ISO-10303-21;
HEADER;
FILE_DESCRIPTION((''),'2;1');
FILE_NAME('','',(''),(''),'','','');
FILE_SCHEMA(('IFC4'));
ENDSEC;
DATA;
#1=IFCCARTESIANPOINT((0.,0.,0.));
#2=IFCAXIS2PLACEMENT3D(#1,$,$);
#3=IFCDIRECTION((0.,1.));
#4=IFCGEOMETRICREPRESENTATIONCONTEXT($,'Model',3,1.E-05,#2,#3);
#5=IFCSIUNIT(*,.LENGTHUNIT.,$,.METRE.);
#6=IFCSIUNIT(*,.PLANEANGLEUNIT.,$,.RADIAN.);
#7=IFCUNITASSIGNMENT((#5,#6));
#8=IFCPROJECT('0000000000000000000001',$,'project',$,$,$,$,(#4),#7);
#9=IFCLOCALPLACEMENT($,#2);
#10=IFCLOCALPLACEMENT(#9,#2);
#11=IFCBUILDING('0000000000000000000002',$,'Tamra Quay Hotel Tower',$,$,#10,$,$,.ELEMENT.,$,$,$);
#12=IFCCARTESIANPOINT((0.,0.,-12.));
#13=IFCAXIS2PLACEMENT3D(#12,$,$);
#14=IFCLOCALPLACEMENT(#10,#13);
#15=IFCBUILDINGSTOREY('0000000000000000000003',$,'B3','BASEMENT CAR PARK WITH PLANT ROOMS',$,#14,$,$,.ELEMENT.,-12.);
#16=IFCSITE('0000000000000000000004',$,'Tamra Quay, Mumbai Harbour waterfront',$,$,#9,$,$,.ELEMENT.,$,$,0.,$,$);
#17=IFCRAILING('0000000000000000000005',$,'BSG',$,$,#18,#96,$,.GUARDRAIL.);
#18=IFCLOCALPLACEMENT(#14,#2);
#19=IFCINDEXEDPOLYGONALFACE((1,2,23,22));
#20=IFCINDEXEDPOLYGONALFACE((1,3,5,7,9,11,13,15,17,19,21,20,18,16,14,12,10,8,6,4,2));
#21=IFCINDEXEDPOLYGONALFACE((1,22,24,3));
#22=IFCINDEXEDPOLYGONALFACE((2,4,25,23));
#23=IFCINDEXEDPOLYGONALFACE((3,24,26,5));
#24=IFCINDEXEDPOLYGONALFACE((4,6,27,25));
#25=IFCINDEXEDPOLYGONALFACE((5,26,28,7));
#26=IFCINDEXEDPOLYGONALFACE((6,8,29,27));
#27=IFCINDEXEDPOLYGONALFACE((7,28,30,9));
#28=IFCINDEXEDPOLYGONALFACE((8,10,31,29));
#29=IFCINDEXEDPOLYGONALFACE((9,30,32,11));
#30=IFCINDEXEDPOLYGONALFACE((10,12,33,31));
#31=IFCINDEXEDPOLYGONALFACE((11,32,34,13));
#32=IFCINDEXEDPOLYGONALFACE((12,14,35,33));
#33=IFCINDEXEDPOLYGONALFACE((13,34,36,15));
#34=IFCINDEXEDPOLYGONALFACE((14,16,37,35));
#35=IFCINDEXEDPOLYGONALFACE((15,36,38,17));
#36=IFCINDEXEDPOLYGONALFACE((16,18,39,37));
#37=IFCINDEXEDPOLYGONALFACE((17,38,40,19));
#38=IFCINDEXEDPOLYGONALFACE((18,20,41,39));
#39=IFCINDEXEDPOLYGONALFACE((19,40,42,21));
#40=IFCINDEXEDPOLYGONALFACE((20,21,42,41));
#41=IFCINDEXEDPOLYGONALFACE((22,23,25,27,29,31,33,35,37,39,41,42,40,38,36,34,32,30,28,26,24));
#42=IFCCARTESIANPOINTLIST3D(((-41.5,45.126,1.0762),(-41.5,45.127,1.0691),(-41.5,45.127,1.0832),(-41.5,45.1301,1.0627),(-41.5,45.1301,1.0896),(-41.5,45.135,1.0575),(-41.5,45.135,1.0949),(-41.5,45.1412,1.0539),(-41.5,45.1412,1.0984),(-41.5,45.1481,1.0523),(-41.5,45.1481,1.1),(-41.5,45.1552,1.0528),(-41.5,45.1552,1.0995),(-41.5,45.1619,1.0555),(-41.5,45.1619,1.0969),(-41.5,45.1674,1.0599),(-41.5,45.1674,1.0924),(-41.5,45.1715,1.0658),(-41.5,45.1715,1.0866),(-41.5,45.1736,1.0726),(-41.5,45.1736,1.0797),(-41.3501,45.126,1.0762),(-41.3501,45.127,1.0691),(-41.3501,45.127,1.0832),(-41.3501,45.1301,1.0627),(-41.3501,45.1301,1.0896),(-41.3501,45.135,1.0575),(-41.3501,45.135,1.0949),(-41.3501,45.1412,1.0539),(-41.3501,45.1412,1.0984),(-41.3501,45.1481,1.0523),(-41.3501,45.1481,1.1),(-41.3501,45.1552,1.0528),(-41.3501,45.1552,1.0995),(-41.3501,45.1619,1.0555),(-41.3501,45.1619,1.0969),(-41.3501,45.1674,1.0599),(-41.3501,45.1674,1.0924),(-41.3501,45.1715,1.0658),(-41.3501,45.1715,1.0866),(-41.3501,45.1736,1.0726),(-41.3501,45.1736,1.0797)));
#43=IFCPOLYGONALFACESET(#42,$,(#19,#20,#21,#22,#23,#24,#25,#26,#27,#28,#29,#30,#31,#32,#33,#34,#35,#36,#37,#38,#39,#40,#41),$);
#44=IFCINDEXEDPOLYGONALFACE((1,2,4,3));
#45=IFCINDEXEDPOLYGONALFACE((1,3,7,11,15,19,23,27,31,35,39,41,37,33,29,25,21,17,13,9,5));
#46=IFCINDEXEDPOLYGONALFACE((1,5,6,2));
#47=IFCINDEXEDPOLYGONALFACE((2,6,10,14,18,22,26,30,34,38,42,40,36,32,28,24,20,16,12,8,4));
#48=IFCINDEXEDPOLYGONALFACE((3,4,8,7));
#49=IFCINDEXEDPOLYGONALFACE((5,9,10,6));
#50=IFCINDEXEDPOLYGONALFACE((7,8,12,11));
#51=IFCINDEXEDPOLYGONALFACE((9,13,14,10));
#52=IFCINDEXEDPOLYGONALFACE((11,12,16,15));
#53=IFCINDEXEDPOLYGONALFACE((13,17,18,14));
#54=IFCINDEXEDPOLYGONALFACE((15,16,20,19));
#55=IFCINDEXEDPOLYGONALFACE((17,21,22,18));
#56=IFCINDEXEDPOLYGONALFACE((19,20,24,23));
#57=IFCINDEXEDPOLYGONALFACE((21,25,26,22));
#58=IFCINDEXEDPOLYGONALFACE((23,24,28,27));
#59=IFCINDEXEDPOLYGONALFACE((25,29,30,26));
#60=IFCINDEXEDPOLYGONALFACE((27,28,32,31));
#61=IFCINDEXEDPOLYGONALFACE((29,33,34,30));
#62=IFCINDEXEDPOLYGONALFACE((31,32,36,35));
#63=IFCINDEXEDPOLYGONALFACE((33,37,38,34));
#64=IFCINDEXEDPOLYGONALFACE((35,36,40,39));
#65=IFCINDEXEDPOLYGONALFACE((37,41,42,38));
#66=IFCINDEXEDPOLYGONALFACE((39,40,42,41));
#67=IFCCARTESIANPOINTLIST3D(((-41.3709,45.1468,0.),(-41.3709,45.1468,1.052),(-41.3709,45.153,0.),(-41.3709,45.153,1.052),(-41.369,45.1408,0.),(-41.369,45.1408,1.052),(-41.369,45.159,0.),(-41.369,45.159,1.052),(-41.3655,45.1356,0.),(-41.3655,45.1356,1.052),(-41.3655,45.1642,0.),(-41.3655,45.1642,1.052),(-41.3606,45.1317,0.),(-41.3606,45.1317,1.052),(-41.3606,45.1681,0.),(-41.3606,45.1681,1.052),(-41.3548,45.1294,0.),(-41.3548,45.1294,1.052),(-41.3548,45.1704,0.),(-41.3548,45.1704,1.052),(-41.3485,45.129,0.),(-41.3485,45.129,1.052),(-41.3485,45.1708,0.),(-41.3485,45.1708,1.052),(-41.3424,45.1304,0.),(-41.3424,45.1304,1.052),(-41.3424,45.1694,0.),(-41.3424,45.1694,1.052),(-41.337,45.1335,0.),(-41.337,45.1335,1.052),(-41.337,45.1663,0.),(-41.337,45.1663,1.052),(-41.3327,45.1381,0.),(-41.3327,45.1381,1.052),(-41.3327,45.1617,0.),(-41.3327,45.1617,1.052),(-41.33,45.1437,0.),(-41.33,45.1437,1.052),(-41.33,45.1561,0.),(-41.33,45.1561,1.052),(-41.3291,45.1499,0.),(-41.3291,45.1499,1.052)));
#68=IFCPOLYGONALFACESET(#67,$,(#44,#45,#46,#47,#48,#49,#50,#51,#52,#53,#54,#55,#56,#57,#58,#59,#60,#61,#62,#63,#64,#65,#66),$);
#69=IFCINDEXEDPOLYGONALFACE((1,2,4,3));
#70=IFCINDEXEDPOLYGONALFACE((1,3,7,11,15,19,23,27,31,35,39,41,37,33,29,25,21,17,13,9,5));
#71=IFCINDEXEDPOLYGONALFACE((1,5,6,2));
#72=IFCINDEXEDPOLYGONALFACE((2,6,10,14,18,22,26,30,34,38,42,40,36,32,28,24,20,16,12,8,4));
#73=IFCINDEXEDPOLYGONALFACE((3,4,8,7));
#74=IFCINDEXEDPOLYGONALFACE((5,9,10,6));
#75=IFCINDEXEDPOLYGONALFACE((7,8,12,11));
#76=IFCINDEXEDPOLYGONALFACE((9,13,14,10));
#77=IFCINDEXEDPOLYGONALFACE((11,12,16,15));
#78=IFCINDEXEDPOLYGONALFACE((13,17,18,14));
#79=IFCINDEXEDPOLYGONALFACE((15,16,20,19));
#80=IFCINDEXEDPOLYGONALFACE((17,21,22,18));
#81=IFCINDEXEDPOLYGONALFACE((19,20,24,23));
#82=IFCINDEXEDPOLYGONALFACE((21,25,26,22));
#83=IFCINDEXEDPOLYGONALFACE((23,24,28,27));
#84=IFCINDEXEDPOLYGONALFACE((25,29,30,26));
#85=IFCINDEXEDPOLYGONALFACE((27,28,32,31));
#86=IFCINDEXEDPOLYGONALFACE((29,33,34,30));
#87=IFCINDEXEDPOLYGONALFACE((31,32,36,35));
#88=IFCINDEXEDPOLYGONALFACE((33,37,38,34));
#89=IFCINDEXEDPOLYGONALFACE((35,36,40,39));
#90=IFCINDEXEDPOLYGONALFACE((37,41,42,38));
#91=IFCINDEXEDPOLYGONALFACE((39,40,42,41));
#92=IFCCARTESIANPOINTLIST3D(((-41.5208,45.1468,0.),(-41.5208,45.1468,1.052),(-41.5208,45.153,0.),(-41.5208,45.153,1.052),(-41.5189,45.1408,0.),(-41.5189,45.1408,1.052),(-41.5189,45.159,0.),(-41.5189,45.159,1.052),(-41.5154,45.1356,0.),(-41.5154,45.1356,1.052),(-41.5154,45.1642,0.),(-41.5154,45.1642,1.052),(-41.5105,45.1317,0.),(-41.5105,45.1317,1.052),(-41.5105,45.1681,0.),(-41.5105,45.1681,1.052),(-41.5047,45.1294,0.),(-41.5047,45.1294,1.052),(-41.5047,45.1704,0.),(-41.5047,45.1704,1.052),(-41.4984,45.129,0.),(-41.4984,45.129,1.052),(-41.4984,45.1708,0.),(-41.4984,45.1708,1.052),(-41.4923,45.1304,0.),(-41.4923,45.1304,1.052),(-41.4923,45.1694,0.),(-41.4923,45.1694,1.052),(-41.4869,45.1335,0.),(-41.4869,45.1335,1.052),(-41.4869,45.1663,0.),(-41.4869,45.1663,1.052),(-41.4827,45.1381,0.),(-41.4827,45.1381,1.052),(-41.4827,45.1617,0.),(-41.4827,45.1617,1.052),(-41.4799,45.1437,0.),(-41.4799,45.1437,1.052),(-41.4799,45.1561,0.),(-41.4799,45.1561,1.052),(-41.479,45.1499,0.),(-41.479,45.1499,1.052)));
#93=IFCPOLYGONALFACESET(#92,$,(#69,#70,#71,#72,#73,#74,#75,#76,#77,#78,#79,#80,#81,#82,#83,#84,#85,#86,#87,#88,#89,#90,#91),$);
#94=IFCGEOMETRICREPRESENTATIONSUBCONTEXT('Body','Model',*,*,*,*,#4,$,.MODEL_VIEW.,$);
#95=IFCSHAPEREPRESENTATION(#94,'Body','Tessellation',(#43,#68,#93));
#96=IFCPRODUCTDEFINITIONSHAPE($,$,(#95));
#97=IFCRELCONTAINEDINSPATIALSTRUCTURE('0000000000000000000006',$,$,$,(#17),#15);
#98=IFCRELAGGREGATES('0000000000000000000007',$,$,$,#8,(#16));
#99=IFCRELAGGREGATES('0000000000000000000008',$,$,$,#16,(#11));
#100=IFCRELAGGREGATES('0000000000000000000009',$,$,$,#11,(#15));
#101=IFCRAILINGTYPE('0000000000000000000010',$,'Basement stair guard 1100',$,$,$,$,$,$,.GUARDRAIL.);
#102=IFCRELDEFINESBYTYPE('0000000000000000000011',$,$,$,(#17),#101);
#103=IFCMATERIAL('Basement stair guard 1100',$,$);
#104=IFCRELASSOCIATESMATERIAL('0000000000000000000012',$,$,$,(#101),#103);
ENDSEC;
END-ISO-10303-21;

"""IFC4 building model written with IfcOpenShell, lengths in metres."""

from ifc_helpers import new_model, si_unit, direction, frame, origin, origin_2d, place, context, subcontext, project, spatial, circle, extrude, material, type_object, element, save


model = new_model("IFC4")

# Units and contexts
model_context = context("Model", 3, precision=1e-05, world=origin(), true_north=direction((0.0, 1.0)))
body_context = subcontext(model_context, "Body", "Model", "MODEL_VIEW")
ifc_project = project(units=[si_unit("LENGTHUNIT", "METRE"), si_unit("PLANEANGLEUNIT", "RADIAN")], contexts=[model_context])

# Site, building, storey
site_placement = place(None, origin())
site = spatial("IfcSite", under=ifc_project, at=site_placement, Name="Tamra Quay, Mumbai Harbour waterfront", CompositionType="ELEMENT", RefElevation=0.0)
building_placement = place(site_placement, origin())
building = spatial("IfcBuilding", under=site, at=building_placement, Name="Tamra Quay Hotel Tower", CompositionType="ELEMENT")
storey_placement = place(building_placement, frame((0.0, 0.0, -12.0)))
storey = spatial("IfcBuildingStorey", under=building, at=storey_placement, Name="B3", Description="BASEMENT CAR PARK WITH PLANT ROOMS", CompositionType="ELEMENT", Elevation=-12.0)

# Railing
ifc_material_1 = material(Name="Basement stair guard 1100")
railing_type = type_object("IfcRailingType", Name="Basement stair guard 1100", PredefinedType="GUARDRAIL", material=ifc_material_1)
railing_1_placement = place(storey_placement, frame((-41.3501, 45.1499, 0.0)))
element("IfcRailing", 1, at=railing_1_placement, inside=storey, type_object=railing_type, Name="BSG", PredefinedType="GUARDRAIL", context=body_context, shape_type="SweptSolid", body=[
    extrude(circle(Radius=0.0239, at=origin_2d()), frame((0.0, 0.0, 1.0762), z_axis=(-1.0, 0.0, 0.0), x_axis=(0.0, -1.0, 0.0)), (0.0, 0.0, 1.0), 0.1499),
    extrude(circle(Radius=0.021, at=origin_2d()), origin(), (0.0, 0.0, 1.0), 1.052),
    extrude(circle(Radius=0.021, at=origin_2d()), frame((-0.1499, 0.0, 0.0)), (0.0, 0.0, 1.0), 1.052),
])

save(model, "model.ifc")
